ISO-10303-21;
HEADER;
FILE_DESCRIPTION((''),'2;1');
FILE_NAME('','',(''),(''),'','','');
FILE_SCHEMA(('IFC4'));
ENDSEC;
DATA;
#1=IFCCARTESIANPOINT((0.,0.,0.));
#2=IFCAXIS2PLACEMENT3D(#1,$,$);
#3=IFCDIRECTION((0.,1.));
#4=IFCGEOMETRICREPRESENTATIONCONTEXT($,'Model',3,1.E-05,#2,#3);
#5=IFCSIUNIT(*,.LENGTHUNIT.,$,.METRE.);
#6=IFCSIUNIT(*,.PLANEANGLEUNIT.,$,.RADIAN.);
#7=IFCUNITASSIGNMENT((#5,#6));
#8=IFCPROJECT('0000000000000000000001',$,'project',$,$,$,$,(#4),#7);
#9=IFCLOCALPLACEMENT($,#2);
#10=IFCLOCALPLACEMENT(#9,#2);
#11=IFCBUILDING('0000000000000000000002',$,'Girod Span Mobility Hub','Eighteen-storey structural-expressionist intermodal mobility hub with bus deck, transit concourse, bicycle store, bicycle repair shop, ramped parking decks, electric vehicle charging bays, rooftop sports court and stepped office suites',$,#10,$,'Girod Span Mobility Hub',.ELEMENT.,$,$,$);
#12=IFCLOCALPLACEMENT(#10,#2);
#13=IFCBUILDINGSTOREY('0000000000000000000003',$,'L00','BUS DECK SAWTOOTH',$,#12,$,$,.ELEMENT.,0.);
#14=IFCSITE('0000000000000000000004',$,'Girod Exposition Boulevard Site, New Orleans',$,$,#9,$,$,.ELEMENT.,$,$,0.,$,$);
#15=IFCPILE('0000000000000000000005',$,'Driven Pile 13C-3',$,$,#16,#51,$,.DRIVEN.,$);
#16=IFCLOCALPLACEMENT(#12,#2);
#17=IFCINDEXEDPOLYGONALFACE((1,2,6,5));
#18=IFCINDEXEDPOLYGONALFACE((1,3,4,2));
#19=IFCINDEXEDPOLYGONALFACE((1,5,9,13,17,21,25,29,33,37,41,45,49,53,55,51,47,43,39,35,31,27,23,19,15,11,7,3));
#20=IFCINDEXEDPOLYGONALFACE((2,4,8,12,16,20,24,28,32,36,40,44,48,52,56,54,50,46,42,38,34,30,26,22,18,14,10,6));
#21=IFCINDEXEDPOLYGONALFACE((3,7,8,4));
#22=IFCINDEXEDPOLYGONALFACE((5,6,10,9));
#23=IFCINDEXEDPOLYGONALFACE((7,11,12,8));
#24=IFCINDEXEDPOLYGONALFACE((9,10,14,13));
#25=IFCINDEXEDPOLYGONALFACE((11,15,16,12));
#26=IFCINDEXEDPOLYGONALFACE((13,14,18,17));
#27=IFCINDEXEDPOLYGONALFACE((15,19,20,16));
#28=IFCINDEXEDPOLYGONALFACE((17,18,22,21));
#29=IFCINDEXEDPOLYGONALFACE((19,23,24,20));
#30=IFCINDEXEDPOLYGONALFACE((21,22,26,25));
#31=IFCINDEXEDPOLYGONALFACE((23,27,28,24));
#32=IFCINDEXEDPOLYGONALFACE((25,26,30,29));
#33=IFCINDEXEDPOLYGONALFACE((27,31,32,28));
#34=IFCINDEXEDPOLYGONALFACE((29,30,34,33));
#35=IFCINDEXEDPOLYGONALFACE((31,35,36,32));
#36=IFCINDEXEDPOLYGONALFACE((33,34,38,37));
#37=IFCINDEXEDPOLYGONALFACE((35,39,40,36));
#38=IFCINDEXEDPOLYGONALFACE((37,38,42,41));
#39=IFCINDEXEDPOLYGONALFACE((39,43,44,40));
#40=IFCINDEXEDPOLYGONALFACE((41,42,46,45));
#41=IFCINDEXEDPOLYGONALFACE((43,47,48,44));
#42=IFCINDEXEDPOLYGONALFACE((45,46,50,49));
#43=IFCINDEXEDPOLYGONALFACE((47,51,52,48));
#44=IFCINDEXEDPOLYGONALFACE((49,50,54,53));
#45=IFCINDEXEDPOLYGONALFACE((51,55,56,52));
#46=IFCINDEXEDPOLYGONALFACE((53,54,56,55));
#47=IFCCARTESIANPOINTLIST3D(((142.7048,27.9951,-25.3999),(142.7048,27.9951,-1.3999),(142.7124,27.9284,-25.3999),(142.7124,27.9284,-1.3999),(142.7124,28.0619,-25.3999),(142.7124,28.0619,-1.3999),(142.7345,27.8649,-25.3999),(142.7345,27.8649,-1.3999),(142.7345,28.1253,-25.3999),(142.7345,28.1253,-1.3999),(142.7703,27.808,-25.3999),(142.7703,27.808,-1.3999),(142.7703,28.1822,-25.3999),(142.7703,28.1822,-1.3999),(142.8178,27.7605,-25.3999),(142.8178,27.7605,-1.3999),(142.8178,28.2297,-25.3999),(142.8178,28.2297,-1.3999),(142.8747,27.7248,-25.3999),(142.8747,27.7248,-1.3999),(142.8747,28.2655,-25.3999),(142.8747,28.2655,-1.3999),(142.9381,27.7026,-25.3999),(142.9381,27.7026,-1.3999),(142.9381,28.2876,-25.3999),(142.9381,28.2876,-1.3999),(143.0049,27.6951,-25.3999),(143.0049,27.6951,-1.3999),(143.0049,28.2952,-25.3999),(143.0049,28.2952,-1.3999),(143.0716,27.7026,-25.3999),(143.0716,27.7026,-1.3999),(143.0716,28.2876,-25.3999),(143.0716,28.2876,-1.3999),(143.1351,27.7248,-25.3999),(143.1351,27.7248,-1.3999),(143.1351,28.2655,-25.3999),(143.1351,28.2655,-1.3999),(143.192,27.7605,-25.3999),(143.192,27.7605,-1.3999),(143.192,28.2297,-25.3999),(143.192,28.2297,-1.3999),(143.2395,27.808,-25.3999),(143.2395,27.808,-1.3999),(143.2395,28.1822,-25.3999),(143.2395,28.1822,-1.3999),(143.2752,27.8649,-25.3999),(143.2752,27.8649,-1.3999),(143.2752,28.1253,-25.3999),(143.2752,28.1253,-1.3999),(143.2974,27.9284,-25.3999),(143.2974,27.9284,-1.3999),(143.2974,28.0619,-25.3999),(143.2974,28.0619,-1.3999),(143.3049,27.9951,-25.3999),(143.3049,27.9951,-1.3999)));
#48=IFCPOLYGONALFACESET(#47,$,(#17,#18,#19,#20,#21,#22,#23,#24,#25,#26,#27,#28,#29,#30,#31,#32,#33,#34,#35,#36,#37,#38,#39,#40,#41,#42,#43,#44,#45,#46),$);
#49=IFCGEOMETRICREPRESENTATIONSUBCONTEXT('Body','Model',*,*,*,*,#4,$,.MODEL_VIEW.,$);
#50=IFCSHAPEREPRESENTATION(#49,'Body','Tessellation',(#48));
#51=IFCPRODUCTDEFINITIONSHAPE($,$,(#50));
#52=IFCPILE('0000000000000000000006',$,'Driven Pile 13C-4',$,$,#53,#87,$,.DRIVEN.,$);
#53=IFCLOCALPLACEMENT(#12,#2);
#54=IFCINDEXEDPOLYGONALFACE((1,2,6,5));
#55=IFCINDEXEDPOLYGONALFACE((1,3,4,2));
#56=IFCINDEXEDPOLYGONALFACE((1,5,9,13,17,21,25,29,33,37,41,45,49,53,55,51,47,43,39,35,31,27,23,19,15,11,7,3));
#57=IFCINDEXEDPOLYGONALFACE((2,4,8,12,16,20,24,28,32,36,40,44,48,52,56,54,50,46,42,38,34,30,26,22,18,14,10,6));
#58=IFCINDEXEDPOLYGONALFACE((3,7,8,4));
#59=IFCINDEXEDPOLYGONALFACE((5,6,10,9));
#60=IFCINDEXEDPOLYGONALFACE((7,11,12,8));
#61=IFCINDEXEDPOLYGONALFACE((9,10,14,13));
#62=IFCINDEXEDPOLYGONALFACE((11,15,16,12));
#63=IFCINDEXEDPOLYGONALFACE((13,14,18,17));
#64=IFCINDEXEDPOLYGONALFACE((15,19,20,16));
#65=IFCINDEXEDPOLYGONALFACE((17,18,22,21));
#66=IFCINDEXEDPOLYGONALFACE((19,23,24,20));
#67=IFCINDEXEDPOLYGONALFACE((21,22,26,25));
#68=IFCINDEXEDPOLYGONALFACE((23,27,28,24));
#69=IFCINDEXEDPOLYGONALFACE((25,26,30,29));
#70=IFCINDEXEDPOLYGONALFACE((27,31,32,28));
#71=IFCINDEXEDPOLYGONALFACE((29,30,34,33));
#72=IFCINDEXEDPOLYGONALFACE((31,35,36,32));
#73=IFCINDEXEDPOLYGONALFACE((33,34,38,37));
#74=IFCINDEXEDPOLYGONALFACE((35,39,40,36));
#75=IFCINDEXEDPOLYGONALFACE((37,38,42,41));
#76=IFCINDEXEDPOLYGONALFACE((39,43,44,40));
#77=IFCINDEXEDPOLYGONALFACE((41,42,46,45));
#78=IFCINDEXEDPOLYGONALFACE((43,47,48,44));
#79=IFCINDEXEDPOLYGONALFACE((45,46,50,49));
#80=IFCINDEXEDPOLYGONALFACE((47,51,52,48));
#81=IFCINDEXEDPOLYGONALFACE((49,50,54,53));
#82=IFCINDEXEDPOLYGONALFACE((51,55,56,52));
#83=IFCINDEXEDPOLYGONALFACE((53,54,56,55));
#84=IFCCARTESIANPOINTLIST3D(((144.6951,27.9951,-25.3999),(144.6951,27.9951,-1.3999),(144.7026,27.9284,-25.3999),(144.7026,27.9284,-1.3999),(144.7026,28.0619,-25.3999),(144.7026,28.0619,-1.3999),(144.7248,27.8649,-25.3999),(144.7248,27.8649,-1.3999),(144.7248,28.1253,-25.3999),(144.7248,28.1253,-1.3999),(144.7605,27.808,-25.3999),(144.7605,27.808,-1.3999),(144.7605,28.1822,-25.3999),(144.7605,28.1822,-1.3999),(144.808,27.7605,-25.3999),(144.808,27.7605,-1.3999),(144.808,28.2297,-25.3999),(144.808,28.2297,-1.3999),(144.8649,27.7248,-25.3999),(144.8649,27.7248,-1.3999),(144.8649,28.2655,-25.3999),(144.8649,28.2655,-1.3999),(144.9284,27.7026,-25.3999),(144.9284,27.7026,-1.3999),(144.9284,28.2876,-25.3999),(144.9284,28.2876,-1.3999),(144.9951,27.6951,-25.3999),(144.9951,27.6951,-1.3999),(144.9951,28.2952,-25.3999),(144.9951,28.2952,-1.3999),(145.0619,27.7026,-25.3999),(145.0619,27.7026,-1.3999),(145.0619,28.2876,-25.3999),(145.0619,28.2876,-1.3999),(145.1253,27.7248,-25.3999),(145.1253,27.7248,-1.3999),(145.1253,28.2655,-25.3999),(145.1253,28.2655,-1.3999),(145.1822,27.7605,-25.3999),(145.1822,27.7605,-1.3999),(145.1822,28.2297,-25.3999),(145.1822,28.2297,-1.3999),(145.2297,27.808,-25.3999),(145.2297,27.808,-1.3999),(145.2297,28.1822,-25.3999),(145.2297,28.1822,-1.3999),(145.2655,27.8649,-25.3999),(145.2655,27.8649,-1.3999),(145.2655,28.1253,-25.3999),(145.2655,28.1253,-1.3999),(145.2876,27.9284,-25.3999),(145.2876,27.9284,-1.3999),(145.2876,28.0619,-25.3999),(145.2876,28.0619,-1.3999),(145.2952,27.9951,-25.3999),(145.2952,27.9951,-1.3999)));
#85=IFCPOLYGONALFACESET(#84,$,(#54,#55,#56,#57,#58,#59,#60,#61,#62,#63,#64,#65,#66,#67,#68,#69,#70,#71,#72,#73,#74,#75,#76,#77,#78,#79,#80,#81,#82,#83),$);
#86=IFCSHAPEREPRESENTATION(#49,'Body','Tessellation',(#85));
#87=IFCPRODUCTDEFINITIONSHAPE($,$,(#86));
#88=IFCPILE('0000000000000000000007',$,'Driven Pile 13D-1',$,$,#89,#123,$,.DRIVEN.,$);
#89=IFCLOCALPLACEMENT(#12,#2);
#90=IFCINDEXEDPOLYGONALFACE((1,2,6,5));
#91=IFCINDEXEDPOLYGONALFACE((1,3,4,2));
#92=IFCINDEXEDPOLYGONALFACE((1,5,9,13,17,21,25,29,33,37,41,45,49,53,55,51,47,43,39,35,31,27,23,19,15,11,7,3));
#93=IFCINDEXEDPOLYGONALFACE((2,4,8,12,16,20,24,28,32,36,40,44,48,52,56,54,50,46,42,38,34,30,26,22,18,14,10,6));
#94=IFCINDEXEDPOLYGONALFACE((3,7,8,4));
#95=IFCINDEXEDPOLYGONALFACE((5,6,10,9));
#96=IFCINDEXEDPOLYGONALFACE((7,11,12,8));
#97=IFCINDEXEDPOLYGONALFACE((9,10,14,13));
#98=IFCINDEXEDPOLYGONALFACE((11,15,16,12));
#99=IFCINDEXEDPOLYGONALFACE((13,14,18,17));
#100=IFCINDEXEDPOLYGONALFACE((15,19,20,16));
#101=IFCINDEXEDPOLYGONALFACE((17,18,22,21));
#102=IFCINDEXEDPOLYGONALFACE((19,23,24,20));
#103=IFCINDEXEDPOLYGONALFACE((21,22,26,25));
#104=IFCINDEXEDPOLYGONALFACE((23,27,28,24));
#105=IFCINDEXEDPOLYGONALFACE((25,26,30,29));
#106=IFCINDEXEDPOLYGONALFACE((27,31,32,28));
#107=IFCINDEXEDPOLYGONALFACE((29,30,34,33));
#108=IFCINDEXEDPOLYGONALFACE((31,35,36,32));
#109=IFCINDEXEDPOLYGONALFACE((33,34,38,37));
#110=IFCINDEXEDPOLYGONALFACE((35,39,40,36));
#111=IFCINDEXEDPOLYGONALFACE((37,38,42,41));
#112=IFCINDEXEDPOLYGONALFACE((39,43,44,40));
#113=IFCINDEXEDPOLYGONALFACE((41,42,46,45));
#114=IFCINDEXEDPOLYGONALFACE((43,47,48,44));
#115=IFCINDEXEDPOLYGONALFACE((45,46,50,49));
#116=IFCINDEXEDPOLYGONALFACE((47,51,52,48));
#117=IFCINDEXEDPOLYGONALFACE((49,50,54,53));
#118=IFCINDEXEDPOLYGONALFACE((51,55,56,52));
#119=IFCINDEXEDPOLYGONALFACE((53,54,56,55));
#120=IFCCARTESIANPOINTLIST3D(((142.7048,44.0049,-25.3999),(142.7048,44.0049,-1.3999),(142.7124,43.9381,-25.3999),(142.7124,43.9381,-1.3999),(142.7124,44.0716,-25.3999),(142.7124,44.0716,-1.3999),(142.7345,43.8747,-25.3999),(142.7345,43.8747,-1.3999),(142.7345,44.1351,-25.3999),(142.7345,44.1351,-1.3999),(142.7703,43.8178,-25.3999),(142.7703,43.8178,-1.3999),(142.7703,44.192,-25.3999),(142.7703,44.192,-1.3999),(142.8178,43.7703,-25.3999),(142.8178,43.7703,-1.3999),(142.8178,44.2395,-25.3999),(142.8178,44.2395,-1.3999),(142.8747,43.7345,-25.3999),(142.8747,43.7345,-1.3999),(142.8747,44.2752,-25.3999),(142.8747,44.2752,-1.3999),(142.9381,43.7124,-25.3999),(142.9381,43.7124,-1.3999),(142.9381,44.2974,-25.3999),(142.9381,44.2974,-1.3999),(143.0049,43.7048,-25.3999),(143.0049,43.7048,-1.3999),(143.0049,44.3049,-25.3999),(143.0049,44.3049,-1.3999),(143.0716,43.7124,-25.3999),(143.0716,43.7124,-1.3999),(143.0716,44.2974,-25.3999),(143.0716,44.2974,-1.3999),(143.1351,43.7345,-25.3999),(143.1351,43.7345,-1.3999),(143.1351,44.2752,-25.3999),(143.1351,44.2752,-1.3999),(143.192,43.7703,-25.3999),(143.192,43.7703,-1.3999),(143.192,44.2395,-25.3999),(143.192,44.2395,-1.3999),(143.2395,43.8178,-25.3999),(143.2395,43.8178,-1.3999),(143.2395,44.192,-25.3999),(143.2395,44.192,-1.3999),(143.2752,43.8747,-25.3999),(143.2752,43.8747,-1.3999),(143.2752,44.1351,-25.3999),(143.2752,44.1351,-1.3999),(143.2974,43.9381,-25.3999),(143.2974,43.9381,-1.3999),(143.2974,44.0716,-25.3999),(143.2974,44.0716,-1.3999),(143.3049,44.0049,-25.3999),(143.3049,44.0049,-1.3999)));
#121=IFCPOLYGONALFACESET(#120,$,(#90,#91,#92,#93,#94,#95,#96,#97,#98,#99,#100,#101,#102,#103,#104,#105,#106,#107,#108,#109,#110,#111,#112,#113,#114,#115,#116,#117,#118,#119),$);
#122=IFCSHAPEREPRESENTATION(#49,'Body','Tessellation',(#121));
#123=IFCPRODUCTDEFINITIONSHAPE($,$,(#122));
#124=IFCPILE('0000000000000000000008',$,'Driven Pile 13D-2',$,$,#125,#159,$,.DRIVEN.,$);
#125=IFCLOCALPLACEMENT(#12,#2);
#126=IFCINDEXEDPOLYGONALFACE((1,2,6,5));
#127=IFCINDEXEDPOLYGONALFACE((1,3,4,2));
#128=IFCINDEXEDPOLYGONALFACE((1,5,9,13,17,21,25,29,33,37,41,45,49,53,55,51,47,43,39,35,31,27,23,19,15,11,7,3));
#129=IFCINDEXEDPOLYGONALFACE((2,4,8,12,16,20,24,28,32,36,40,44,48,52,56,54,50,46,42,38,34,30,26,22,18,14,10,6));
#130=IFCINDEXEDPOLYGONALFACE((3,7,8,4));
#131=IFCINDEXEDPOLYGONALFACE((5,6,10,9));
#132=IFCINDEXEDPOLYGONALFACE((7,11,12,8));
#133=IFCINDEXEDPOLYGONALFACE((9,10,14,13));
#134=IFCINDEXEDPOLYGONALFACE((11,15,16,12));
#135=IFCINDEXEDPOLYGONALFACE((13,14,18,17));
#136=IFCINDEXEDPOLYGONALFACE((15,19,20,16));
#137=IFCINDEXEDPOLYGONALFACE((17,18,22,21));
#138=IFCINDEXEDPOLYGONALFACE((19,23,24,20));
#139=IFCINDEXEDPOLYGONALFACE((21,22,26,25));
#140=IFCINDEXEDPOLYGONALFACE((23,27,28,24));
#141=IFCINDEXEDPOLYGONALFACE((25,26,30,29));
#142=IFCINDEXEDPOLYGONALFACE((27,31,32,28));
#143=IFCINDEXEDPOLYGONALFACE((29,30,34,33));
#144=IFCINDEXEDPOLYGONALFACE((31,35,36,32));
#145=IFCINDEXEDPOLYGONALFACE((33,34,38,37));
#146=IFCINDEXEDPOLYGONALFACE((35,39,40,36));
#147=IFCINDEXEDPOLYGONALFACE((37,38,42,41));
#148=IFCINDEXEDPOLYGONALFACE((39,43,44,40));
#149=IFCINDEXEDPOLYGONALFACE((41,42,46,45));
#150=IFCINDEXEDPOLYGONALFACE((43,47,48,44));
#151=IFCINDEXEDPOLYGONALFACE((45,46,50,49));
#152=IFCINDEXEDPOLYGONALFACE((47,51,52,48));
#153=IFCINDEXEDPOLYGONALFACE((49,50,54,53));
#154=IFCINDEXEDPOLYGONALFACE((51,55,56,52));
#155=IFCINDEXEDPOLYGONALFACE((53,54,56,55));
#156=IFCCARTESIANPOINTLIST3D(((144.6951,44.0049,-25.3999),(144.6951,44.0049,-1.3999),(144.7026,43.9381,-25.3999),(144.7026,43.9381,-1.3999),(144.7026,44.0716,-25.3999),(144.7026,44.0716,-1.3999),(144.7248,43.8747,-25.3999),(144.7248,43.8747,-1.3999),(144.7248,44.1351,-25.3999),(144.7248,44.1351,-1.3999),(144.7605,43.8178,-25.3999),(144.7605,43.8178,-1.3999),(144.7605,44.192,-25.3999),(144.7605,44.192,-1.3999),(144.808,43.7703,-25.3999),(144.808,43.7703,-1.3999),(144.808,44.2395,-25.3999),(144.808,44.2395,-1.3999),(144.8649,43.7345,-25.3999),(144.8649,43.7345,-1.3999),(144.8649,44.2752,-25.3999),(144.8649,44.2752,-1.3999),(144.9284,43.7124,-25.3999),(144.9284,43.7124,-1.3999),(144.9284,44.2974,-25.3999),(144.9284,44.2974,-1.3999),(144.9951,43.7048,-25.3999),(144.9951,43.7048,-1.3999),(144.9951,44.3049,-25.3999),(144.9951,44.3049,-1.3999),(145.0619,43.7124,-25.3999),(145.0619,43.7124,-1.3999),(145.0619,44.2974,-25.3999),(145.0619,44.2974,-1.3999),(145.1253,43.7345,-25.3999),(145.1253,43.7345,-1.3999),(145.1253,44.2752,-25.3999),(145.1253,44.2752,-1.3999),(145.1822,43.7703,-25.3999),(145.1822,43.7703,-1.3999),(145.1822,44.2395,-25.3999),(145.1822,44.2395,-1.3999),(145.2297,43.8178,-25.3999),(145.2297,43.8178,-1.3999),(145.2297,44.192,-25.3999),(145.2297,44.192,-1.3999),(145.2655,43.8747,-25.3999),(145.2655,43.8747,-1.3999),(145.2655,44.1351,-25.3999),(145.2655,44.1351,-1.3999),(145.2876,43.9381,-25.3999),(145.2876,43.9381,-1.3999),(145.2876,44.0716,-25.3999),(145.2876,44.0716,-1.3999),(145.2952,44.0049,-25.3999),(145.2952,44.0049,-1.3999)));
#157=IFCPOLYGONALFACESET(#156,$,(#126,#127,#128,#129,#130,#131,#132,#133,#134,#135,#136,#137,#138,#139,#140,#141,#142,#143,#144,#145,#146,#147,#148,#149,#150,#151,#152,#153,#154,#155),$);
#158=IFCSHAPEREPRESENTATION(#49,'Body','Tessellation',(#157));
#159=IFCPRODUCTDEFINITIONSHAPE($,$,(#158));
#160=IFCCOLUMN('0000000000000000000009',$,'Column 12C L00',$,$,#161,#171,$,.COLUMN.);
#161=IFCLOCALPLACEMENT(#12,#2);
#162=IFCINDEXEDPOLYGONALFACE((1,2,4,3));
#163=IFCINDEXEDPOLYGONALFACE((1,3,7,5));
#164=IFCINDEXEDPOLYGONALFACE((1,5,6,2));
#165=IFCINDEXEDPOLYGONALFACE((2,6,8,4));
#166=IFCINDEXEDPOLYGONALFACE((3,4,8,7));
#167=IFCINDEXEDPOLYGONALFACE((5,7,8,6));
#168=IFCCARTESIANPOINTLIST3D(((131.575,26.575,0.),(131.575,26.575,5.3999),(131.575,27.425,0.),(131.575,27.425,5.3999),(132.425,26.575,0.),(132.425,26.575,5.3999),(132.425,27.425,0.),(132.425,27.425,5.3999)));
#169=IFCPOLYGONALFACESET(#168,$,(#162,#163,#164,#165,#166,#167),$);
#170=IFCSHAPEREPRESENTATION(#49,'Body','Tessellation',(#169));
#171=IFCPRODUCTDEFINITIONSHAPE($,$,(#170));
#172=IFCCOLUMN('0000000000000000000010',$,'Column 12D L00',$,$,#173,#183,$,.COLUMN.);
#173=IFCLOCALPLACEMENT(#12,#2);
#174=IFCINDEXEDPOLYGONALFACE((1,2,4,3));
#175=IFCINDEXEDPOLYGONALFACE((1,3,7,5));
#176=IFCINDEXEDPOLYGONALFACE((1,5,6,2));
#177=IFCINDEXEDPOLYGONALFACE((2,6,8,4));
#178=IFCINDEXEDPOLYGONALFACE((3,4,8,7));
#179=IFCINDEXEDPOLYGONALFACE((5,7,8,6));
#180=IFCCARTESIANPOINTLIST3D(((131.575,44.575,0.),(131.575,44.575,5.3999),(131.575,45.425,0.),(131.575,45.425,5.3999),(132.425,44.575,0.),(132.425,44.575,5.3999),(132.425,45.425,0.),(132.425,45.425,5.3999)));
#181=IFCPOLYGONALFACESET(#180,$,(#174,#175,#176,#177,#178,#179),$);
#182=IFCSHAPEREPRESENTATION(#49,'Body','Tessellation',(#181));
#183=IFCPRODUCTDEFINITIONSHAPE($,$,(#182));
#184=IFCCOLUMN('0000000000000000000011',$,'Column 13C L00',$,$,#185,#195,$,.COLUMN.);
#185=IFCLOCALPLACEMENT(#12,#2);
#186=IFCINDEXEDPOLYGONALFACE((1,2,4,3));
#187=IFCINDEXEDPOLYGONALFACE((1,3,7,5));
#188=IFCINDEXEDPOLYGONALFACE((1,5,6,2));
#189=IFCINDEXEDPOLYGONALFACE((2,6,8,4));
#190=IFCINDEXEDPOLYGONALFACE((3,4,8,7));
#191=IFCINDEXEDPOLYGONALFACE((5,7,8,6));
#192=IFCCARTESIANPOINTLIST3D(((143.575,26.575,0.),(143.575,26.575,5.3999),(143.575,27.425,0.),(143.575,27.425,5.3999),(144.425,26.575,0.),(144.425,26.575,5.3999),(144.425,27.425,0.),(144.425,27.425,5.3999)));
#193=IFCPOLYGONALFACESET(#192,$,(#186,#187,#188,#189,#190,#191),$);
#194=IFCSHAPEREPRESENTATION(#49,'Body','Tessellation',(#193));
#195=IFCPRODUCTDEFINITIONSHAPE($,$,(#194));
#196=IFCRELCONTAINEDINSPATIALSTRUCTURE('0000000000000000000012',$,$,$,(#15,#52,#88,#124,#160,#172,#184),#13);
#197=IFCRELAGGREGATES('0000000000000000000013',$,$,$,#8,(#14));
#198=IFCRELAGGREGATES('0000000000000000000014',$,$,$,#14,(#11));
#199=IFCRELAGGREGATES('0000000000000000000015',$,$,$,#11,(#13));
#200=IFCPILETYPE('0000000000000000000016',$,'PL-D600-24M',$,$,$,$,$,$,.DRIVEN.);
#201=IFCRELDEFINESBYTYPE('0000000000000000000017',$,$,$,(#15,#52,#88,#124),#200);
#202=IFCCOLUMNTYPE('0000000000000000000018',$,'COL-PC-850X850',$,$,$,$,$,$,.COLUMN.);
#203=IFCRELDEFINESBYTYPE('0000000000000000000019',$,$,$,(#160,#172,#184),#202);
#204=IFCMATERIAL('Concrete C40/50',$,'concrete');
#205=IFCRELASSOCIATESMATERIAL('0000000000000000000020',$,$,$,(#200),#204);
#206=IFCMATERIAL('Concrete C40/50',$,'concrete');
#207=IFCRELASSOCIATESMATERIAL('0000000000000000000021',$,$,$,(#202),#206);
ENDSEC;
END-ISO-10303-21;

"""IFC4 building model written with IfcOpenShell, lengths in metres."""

from ifc_helpers import new_model, si_unit, direction, frame, origin, origin_2d, place, context, subcontext, project, spatial, rectangle, circle, extrude, material, material_profile, profile_set, type_object, element, save


model = new_model("IFC4")

# Units and contexts
model_context = context("Model", 3, precision=1e-05, world=origin(), true_north=direction((0.0, 1.0)))
body_context = subcontext(model_context, "Body", "Model", "MODEL_VIEW")
ifc_project = project(units=[si_unit("LENGTHUNIT", "METRE"), si_unit("PLANEANGLEUNIT", "RADIAN")], contexts=[model_context])

# Site, building, storey
site_placement = place(None, origin())
site = spatial("IfcSite", under=ifc_project, at=site_placement, Name="Girod Exposition Boulevard Site, New Orleans", CompositionType="ELEMENT", RefElevation=0.0)
building_placement = place(site_placement, origin())
building = spatial("IfcBuilding", under=site, at=building_placement, Name="Girod Span Mobility Hub", Description="Eighteen-storey structural-expressionist intermodal mobility hub with bus deck, transit concourse, bicycle store, bicycle repair shop, ramped parking decks, electric vehicle charging bays, rooftop sports court and stepped office suites", LongName="Girod Span Mobility Hub", CompositionType="ELEMENT")
storey_placement = place(building_placement, origin())
storey = spatial("IfcBuildingStorey", under=building, at=storey_placement, Name="L00", Description="BUS DECK SAWTOOTH", CompositionType="ELEMENT", Elevation=0.0)

# Piles
ifc_material_1 = material(Name="Concrete C40/50", Category="concrete")
ifc_material_profile_1 = material_profile(ifc_material_1, circle(Radius=0.3, at=origin_2d()), Name="PILE-D600")
ifc_profile_set_1 = profile_set([ifc_material_profile_1], Name="Concrete C40/50")
pile_type = type_object("IfcPileType", Name="PL-D600-24M", PredefinedType="DRIVEN", material=ifc_profile_set_1)
for number, where, z_axis, x_axis, name in (
    (1, (143.0049, 27.9951, -1.3999), (0.0, 0.0, -1.0), (1.0, 0.0, 0.0), "Driven Pile 13C-3"),
    (2, (144.9951, 27.9951, -1.3999), (0.0, 0.0, -1.0), (1.0, 0.0, 0.0), "Driven Pile 13C-4"),
    (3, (143.0049, 44.0049, -1.3999), (0.0, 0.0, -1.0), (1.0, 0.0, 0.0), "Driven Pile 13D-1"),
    (4, (144.9951, 44.0049, -1.3999), (0.0, 0.0, -1.0), (1.0, 0.0, 0.0), "Driven Pile 13D-2"),
):
    element("IfcPile", number, at=place(storey_placement, frame(where, z_axis=z_axis, x_axis=x_axis)), inside=storey, type_object=pile_type, Name=name, PredefinedType="DRIVEN", context=body_context, shape_type="SweptSolid", body=[
        extrude(circle(Radius=0.3, at=origin_2d()), origin(), (0.0, 0.0, 1.0), 24.0),
    ])

# Columns
ifc_material_2 = material(Name="Concrete C40/50", Category="concrete")
ifc_material_profile_2 = material_profile(ifc_material_2, rectangle(XDim=0.8501, YDim=0.8501, at=origin_2d()), Name="PC-COL-850X850")
ifc_profile_set_2 = profile_set([ifc_material_profile_2], Name="Concrete C40/50")
column_type = type_object("IfcColumnType", Name="COL-PC-850X850", PredefinedType="COLUMN", material=ifc_profile_set_2)
for number, where, z_axis, x_axis, name in (
    (5, (132.0, 27.0, 0.0), (0.0, 0.0, 1.0), (1.0, 0.0, 0.0), "Column 12C L00"),
    (6, (132.0, 45.0, 0.0), (0.0, 0.0, 1.0), (1.0, 0.0, 0.0), "Column 12D L00"),
    (7, (144.0, 27.0, 0.0), (0.0, 0.0, 1.0), (1.0, 0.0, 0.0), "Column 13C L00"),
):
    element("IfcColumn", number, at=place(storey_placement, frame(where, z_axis=z_axis, x_axis=x_axis)), inside=storey, type_object=column_type, Name=name, PredefinedType="COLUMN", context=body_context, shape_type="SweptSolid", body=[
        extrude(rectangle(XDim=0.8501, YDim=0.8501, at=origin_2d()), origin(), (0.0, 0.0, 1.0), 5.3999),
    ])

save(model, "model.ifc")
